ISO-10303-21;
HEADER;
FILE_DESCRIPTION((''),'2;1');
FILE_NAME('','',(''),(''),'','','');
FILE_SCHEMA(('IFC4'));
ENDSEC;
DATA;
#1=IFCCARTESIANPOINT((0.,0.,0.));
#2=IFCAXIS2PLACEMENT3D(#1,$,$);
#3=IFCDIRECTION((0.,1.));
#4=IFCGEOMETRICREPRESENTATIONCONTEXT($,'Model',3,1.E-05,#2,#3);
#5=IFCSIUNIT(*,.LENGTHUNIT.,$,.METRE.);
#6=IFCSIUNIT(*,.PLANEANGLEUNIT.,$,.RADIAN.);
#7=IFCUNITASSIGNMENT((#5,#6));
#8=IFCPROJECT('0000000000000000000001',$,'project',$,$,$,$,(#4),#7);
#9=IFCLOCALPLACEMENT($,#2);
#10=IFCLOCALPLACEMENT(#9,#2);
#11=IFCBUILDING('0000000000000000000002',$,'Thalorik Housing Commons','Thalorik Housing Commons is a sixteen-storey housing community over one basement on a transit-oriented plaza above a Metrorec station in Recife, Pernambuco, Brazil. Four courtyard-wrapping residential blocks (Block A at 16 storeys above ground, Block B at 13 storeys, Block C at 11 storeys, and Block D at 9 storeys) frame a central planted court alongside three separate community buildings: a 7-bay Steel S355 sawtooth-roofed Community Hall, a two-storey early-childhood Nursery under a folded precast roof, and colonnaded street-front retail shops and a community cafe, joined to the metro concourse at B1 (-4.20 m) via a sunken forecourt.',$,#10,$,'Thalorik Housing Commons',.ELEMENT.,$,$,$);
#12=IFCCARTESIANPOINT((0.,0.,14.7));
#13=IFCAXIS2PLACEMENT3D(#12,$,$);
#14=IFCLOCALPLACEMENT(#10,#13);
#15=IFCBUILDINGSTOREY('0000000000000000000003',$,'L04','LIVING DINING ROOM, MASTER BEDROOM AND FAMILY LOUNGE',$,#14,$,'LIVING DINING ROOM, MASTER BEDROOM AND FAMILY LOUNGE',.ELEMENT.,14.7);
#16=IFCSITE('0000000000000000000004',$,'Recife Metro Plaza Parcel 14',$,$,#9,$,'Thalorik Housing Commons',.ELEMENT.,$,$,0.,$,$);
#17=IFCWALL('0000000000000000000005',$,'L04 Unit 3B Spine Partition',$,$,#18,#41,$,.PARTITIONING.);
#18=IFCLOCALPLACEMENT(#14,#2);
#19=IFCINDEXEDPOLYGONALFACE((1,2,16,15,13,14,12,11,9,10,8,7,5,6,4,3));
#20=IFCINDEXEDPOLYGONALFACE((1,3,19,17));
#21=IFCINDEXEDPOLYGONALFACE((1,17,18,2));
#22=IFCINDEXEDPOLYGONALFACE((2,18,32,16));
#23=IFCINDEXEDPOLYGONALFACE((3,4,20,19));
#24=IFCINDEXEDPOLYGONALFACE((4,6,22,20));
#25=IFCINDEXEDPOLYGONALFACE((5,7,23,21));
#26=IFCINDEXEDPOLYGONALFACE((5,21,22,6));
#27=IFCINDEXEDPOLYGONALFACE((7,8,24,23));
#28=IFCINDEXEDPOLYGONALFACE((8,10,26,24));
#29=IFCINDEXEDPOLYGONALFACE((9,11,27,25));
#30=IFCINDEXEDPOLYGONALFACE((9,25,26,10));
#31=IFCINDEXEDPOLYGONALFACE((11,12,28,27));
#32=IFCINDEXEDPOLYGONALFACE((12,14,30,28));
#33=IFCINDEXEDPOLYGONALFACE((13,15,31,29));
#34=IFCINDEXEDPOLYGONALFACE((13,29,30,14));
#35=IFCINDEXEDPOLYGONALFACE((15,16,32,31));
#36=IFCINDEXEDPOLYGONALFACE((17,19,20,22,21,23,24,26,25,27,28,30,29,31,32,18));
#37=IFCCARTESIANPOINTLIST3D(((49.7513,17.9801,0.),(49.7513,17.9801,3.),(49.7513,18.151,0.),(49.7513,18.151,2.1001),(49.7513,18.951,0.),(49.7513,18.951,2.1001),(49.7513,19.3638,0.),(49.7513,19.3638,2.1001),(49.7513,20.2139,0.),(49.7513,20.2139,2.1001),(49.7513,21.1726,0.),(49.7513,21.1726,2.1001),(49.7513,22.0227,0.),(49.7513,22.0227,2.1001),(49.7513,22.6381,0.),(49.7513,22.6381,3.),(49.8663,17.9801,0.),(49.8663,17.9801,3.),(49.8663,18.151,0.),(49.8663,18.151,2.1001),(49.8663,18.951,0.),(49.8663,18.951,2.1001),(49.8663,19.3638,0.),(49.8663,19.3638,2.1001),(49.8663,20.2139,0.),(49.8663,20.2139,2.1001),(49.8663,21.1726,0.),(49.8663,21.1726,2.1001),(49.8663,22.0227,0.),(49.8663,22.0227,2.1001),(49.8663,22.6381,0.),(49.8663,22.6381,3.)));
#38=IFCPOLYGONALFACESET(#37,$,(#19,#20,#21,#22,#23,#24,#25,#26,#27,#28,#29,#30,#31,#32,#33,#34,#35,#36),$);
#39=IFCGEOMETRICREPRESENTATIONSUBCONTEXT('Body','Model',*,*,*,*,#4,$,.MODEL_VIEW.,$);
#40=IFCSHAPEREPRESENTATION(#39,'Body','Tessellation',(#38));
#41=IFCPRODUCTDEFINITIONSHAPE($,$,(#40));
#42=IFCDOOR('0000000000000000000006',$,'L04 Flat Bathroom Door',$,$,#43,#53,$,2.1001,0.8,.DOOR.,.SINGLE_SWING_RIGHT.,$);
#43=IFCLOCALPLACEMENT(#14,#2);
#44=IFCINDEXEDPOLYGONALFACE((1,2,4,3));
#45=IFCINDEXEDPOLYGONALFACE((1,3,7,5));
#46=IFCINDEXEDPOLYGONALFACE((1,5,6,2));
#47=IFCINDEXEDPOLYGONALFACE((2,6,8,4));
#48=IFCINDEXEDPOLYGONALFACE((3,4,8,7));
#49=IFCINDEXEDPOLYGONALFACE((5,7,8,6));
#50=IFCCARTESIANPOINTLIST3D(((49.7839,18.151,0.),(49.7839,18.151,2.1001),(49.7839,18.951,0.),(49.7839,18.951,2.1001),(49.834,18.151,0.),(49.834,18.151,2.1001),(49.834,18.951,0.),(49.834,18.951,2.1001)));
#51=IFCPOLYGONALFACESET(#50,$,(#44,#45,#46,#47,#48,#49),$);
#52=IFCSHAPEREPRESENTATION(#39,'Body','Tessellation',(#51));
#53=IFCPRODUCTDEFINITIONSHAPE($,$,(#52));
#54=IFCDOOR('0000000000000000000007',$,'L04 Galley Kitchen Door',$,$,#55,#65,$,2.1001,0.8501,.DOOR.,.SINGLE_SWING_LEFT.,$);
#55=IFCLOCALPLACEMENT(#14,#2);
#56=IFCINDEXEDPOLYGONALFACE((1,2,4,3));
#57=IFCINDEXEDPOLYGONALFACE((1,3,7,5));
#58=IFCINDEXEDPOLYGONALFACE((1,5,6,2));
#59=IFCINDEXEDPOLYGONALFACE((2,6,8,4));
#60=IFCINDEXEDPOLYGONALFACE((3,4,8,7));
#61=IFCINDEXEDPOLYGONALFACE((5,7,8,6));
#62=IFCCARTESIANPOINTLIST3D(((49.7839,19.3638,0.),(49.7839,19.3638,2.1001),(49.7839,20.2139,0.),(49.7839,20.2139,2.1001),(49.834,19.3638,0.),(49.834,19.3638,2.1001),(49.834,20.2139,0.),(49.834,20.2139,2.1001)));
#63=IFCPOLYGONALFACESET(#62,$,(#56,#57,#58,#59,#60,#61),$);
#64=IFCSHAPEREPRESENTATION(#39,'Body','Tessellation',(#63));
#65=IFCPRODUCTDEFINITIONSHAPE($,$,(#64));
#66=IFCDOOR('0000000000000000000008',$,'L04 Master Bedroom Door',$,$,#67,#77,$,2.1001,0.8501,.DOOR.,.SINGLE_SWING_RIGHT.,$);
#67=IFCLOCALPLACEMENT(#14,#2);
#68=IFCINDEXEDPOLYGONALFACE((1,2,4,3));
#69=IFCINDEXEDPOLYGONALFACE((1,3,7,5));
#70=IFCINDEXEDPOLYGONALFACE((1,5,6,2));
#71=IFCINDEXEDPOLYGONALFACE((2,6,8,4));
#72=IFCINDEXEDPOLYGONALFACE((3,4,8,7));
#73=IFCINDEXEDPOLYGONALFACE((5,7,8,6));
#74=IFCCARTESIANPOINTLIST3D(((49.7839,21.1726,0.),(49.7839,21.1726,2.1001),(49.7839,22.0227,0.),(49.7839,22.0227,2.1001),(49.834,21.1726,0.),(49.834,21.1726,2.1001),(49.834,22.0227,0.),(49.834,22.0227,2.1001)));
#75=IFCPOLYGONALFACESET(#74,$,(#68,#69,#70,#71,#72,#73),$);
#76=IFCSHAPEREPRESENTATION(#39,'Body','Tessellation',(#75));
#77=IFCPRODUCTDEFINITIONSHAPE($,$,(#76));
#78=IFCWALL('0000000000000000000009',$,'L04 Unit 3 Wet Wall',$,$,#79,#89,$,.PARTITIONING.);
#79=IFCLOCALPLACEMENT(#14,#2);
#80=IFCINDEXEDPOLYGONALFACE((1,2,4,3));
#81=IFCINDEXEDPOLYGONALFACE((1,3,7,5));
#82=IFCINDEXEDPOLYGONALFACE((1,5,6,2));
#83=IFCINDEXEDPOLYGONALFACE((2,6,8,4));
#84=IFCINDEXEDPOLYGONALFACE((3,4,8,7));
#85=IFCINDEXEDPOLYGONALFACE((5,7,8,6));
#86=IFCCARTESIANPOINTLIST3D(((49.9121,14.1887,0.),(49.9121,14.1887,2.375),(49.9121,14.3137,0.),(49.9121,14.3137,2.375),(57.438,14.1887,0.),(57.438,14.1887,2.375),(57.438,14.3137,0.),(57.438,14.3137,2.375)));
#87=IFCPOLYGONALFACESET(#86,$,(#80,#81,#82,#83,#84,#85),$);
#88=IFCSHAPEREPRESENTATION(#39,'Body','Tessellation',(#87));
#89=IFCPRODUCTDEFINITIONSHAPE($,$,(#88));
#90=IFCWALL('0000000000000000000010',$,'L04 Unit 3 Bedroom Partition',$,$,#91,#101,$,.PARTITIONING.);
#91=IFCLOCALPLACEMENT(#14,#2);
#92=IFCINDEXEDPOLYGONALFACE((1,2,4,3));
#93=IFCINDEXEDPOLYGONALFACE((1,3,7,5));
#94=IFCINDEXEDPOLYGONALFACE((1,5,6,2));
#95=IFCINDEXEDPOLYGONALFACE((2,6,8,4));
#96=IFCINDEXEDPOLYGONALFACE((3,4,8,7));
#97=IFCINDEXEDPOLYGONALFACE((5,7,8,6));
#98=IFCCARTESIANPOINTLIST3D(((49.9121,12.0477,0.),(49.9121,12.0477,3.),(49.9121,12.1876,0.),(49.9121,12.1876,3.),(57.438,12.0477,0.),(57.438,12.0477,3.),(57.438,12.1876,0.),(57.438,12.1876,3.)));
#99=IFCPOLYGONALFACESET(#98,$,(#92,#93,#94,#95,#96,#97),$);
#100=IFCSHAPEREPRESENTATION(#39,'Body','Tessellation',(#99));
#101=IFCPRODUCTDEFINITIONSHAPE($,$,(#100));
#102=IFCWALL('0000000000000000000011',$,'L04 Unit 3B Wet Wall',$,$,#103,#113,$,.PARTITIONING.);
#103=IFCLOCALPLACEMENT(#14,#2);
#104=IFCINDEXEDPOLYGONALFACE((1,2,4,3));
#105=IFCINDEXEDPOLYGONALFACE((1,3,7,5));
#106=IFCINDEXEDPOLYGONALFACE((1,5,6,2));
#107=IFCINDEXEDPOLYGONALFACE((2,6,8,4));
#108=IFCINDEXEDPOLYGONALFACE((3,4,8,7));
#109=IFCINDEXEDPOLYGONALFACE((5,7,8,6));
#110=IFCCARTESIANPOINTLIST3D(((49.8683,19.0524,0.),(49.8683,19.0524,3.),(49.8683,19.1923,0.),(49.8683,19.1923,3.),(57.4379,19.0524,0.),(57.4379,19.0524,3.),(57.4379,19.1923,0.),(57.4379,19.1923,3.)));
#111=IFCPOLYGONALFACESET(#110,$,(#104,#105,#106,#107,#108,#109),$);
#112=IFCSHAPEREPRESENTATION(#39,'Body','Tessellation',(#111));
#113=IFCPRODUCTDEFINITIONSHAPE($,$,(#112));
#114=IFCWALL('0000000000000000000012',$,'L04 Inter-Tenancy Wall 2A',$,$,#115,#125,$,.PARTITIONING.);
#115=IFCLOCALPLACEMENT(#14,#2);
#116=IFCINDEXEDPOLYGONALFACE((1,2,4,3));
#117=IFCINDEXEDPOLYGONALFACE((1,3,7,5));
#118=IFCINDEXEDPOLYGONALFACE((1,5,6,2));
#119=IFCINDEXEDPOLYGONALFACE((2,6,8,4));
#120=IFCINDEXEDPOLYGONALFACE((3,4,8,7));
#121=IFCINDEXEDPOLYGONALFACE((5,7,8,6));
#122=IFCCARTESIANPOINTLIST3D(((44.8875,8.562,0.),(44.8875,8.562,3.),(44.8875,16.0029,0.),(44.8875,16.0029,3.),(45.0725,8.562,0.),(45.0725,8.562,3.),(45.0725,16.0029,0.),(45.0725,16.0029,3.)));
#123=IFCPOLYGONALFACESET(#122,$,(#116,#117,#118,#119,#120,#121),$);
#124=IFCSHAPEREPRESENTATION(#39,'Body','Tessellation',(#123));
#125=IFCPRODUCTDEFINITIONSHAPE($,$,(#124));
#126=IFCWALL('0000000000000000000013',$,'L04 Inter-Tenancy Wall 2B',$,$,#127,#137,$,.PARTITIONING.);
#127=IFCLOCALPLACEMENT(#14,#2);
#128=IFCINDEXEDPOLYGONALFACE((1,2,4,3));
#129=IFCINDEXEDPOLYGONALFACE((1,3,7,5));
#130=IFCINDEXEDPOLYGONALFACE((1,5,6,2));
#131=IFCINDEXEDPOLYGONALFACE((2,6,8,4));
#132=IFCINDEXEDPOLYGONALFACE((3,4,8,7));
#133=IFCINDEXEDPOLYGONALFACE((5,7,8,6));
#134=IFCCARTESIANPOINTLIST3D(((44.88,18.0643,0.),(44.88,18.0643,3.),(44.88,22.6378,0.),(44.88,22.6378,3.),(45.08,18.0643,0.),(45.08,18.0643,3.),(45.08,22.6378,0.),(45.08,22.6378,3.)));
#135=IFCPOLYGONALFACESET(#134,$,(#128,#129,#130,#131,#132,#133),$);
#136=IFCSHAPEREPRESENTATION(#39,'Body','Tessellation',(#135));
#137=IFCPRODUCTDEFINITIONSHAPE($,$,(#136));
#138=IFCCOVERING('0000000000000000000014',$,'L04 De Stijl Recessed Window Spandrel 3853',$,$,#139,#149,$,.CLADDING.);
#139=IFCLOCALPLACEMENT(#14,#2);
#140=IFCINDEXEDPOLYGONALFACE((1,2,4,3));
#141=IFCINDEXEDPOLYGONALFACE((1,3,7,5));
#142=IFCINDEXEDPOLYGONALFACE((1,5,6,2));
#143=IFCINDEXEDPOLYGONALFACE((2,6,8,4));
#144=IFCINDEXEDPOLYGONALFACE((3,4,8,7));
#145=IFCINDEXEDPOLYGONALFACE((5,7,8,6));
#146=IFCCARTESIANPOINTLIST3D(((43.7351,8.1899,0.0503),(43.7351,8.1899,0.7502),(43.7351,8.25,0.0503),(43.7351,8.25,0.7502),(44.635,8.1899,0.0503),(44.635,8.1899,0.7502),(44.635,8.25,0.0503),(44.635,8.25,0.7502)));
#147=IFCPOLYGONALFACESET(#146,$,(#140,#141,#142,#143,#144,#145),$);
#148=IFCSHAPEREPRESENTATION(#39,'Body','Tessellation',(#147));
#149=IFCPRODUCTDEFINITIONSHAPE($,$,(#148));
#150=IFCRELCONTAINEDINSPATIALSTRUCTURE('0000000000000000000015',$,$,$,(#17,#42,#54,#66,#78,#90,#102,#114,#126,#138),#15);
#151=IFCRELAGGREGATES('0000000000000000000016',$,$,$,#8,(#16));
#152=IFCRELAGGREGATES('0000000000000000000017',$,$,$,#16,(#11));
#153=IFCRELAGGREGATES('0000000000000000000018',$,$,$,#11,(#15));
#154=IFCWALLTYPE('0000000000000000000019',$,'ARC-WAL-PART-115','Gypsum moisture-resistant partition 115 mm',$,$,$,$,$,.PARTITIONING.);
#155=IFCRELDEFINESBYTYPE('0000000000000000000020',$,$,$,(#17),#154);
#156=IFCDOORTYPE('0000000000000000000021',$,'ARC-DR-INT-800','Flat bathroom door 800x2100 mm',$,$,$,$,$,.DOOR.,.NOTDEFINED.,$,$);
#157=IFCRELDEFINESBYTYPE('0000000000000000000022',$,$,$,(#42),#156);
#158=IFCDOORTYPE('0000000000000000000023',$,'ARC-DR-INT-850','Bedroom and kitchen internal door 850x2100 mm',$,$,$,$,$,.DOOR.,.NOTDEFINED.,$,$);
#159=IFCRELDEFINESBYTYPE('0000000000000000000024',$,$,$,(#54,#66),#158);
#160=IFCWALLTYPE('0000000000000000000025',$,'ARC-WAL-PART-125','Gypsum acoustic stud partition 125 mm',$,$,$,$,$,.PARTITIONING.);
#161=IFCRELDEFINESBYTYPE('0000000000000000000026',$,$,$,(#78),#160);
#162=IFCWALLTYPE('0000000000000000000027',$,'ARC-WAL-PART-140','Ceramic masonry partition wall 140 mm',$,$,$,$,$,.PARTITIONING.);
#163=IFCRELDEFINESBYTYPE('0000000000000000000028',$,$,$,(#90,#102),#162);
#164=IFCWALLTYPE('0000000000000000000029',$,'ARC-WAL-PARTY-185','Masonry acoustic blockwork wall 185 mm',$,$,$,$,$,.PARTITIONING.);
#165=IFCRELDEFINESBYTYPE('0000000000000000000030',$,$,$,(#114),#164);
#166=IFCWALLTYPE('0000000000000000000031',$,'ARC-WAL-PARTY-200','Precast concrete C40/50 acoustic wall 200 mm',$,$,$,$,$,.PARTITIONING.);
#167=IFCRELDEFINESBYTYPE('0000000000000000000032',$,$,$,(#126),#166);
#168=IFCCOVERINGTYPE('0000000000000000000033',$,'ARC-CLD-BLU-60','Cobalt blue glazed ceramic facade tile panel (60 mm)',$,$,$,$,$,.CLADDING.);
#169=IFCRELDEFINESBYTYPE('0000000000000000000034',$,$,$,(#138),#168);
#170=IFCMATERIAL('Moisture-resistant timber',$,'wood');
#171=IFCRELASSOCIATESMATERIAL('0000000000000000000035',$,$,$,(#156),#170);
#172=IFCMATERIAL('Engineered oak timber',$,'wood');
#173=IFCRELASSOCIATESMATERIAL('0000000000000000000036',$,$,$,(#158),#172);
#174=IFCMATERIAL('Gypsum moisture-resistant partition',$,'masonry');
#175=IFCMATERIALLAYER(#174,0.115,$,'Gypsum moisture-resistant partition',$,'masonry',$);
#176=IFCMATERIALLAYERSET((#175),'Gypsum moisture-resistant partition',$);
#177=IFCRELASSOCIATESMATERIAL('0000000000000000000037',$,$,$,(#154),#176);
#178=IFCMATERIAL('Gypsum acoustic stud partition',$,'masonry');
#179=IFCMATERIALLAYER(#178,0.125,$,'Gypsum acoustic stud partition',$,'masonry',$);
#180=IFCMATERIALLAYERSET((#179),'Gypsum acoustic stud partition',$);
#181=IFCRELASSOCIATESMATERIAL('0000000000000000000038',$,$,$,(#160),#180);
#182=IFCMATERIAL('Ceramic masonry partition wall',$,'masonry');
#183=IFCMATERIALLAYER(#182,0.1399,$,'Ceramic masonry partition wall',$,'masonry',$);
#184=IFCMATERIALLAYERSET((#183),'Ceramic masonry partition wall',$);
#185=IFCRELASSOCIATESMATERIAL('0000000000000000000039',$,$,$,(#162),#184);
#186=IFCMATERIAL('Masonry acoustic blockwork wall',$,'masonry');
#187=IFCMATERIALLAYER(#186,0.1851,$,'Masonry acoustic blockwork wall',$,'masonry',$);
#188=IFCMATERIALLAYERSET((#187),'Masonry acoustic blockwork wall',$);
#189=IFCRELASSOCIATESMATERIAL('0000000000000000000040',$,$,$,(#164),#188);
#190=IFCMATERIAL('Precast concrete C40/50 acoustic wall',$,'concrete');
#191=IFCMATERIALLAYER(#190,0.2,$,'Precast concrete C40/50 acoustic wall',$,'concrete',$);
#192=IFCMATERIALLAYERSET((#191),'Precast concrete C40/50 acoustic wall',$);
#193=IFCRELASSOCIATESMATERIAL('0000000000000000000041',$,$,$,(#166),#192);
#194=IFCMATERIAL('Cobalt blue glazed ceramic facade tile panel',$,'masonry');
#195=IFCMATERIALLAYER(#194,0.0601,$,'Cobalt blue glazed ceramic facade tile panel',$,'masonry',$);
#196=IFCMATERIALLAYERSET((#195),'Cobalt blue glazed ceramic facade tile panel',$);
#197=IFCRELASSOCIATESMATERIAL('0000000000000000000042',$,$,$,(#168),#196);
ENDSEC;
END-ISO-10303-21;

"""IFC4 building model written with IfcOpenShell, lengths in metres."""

from ifc_helpers import new_model, si_unit, direction, frame, frame_2d, origin, origin_2d, place, context, subcontext, project, spatial, rectangle, extrude, material, layer, layer_set, type_object, element, fill, save


model = new_model("IFC4")

# Units and contexts
model_context = context("Model", 3, precision=1e-05, world=origin(), true_north=direction((0.0, 1.0)))
body_context = subcontext(model_context, "Body", "Model", "MODEL_VIEW")
ifc_project = project(units=[si_unit("LENGTHUNIT", "METRE"), si_unit("PLANEANGLEUNIT", "RADIAN")], contexts=[model_context])

# Site, building, storey
site_placement = place(None, origin())
site = spatial("IfcSite", under=ifc_project, at=site_placement, Name="Recife Metro Plaza Parcel 14", LongName="Thalorik Housing Commons", CompositionType="ELEMENT", RefElevation=0.0)
building_placement = place(site_placement, origin())
building = spatial("IfcBuilding", under=site, at=building_placement, Name="Thalorik Housing Commons", Description="Thalorik Housing Commons is a sixteen-storey housing community over one basement on a transit-oriented plaza above a Metrorec station in Recife, Pernambuco, Brazil. Four courtyard-wrapping residential blocks (Block A at 16 storeys above ground, Block B at 13 storeys, Block C at 11 storeys, and Block D at 9 storeys) frame a central planted court alongside three separate community buildings: a 7-bay Steel S355 sawtooth-roofed Community Hall, a two-storey early-childhood Nursery under a folded precast roof, and colonnaded street-front retail shops and a community cafe, joined to the metro concourse at B1 (-4.20 m) via a sunken forecourt.", LongName="Thalorik Housing Commons", CompositionType="ELEMENT")
storey_placement = place(building_placement, frame((0.0, 0.0, 14.7)))
storey = spatial("IfcBuildingStorey", under=building, at=storey_placement, Name="L04", Description="LIVING DINING ROOM, MASTER BEDROOM AND FAMILY LOUNGE", LongName="LIVING DINING ROOM, MASTER BEDROOM AND FAMILY LOUNGE", CompositionType="ELEMENT", Elevation=14.7)

# Shared definitions
ifc_material_1 = material(Name="Moisture-resistant timber", Category="wood")
door_type_1 = type_object("IfcDoorType", Name="ARC-DR-INT-800", Description="Flat bathroom door 800x2100 mm", OperationType="NOTDEFINED", PredefinedType="DOOR", material=ifc_material_1)
ifc_material_2 = material(Name="Engineered oak timber", Category="wood")
door_type_2 = type_object("IfcDoorType", Name="ARC-DR-INT-850", Description="Bedroom and kitchen internal door 850x2100 mm", OperationType="NOTDEFINED", PredefinedType="DOOR", material=ifc_material_2)

# Wall, openings, doors
ifc_material_3 = material(Name="Gypsum moisture-resistant partition", Category="masonry")
ifc_layer_1 = layer(ifc_material_3, 0.115, Name="Gypsum moisture-resistant partition", Category="masonry")
ifc_layer_set_1 = layer_set([ifc_layer_1], Name="Gypsum moisture-resistant partition")
wall_type_1 = type_object("IfcWallType", Name="ARC-WAL-PART-115", Description="Gypsum moisture-resistant partition 115 mm", PredefinedType="PARTITIONING", material=ifc_layer_set_1)
wall_1_placement = place(storey_placement, frame((49.8088, 17.98, 0.0), z_axis=(0.0, 0.0, 1.0), x_axis=(0.0, 1.0, 0.0)))
wall_1 = element("IfcWall", 1, at=wall_1_placement, inside=storey, type_object=wall_type_1, Name="L04 Unit 3B Spine Partition", PredefinedType="PARTITIONING", context=body_context, shape_type="SweptSolid", body=[
    extrude(rectangle(XDim=4.658, YDim=0.115, at=frame_2d((2.3291, 0.0))), origin(), (0.0, 0.0, 1.0), 3.0),
])
opening_1_placement = place(wall_1_placement, frame((0.1711, 0.0, 0.0)))
opening_1 = element("IfcOpeningElement", 2, at=opening_1_placement, cuts=wall_1, PredefinedType="OPENING", context=body_context, shape_type="SweptSolid", body=[
    extrude(rectangle(XDim=0.8, YDim=2.1001, at=frame_2d((0.3999, 1.05))), frame((0.0, 0.0674, 0.0), z_axis=(0.0, -1.0, 0.0), x_axis=(1.0, 0.0, 0.0)), (0.0, 0.0, 1.0), 0.135),
])
opening_2_placement = place(wall_1_placement, frame((1.3838, 0.0, 0.0)))
opening_2 = element("IfcOpeningElement", 3, at=opening_2_placement, cuts=wall_1, PredefinedType="OPENING", context=body_context, shape_type="SweptSolid", body=[
    extrude(rectangle(XDim=0.8501, YDim=2.1001, at=frame_2d((0.425, 1.05))), frame((0.0, 0.0674, 0.0), z_axis=(0.0, -1.0, 0.0), x_axis=(1.0, 0.0, 0.0)), (0.0, 0.0, 1.0), 0.135),
])
opening_3_placement = place(wall_1_placement, frame((3.1926, 0.0, 0.0)))
opening_3 = element("IfcOpeningElement", 4, at=opening_3_placement, cuts=wall_1, PredefinedType="OPENING", context=body_context, shape_type="SweptSolid", body=[
    extrude(rectangle(XDim=0.8501, YDim=2.1001, at=frame_2d((0.425, 1.05))), frame((0.0, 0.0674, 0.0), z_axis=(0.0, -1.0, 0.0), x_axis=(1.0, 0.0, 0.0)), (0.0, 0.0, 1.0), 0.135),
])
door_1_placement = place(opening_1_placement, origin())
door_1 = element("IfcDoor", 5, at=door_1_placement, inside=storey, type_object=door_type_1, Name="L04 Flat Bathroom Door", OperationType="SINGLE_SWING_RIGHT", OverallHeight=2.1001, OverallWidth=0.8, PredefinedType="DOOR", context=body_context, shape_type="SweptSolid", body=[
    extrude(rectangle(XDim=0.8, YDim=2.1001, at=frame_2d((0.3999, 1.05))), frame((0.0, 0.0249, 0.0), z_axis=(0.0, -1.0, 0.0), x_axis=(1.0, 0.0, 0.0)), (0.0, 0.0, 1.0), 0.05),
])
fill(opening_1, door_1)
door_2_placement = place(opening_2_placement, origin())
door_2 = element("IfcDoor", 6, at=door_2_placement, inside=storey, type_object=door_type_2, Name="L04 Galley Kitchen Door", OperationType="SINGLE_SWING_LEFT", OverallHeight=2.1001, OverallWidth=0.8501, PredefinedType="DOOR", context=body_context, shape_type="SweptSolid", body=[
    extrude(rectangle(XDim=0.8501, YDim=2.1001, at=frame_2d((0.425, 1.05))), frame((0.0, 0.0249, 0.0), z_axis=(0.0, -1.0, 0.0), x_axis=(1.0, 0.0, 0.0)), (0.0, 0.0, 1.0), 0.05),
])
fill(opening_2, door_2)
door_3_placement = place(opening_3_placement, origin())
door_3 = element("IfcDoor", 7, at=door_3_placement, inside=storey, type_object=door_type_2, Name="L04 Master Bedroom Door", OperationType="SINGLE_SWING_RIGHT", OverallHeight=2.1001, OverallWidth=0.8501, PredefinedType="DOOR", context=body_context, shape_type="SweptSolid", body=[
    extrude(rectangle(XDim=0.8501, YDim=2.1001, at=frame_2d((0.425, 1.05))), frame((0.0, 0.0249, 0.0), z_axis=(0.0, -1.0, 0.0), x_axis=(1.0, 0.0, 0.0)), (0.0, 0.0, 1.0), 0.05),
])
fill(opening_3, door_3)

# Walls
ifc_material_4 = material(Name="Gypsum acoustic stud partition", Category="masonry")
ifc_layer_2 = layer(ifc_material_4, 0.125, Name="Gypsum acoustic stud partition", Category="masonry")
ifc_layer_set_2 = layer_set([ifc_layer_2], Name="Gypsum acoustic stud partition")
wall_type_2 = type_object("IfcWallType", Name="ARC-WAL-PART-125", Description="Gypsum acoustic stud partition 125 mm", PredefinedType="PARTITIONING", material=ifc_layer_set_2)
wall_2_placement = place(storey_placement, frame((49.9121, 14.2512, 0.0), z_axis=(0.0, 0.0, 1.0), x_axis=(1.0, 0.0, 0.0)))
element("IfcWall", 8, at=wall_2_placement, inside=storey, type_object=wall_type_2, Name="L04 Unit 3 Wet Wall", PredefinedType="PARTITIONING", context=body_context, shape_type="SweptSolid", body=[
    extrude(rectangle(XDim=7.5259, YDim=0.125, at=frame_2d((3.7629, 0.0))), origin(), (0.0, 0.0, 1.0), 2.375),
])
ifc_material_5 = material(Name="Ceramic masonry partition wall", Category="masonry")
ifc_layer_3 = layer(ifc_material_5, 0.1399, Name="Ceramic masonry partition wall", Category="masonry")
ifc_layer_set_3 = layer_set([ifc_layer_3], Name="Ceramic masonry partition wall")
wall_type_3 = type_object("IfcWallType", Name="ARC-WAL-PART-140", Description="Ceramic masonry partition wall 140 mm", PredefinedType="PARTITIONING", material=ifc_layer_set_3)
wall_3_placement = place(storey_placement, frame((49.9121, 12.1177, 0.0), z_axis=(0.0, 0.0, 1.0), x_axis=(1.0, 0.0, 0.0)))
element("IfcWall", 9, at=wall_3_placement, inside=storey, type_object=wall_type_3, Name="L04 Unit 3 Bedroom Partition", PredefinedType="PARTITIONING", context=body_context, shape_type="SweptSolid", body=[
    extrude(rectangle(XDim=7.5259, YDim=0.1399, at=frame_2d((3.7629, 0.0))), origin(), (0.0, 0.0, 1.0), 3.0),
])
wall_4_placement = place(storey_placement, frame((49.8684, 19.1223, 0.0), z_axis=(0.0, 0.0, 1.0), x_axis=(1.0, 0.0, 0.0)))
element("IfcWall", 10, at=wall_4_placement, inside=storey, type_object=wall_type_3, Name="L04 Unit 3B Wet Wall", PredefinedType="PARTITIONING", context=body_context, shape_type="SweptSolid", body=[
    extrude(rectangle(XDim=7.5696, YDim=0.1399, at=frame_2d((3.7847, 0.0))), origin(), (0.0, 0.0, 1.0), 3.0),
])
ifc_material_6 = material(Name="Masonry acoustic blockwork wall", Category="masonry")
ifc_layer_4 = layer(ifc_material_6, 0.1851, Name="Masonry acoustic blockwork wall", Category="masonry")
ifc_layer_set_4 = layer_set([ifc_layer_4], Name="Masonry acoustic blockwork wall")
wall_type_4 = type_object("IfcWallType", Name="ARC-WAL-PARTY-185", Description="Masonry acoustic blockwork wall 185 mm", PredefinedType="PARTITIONING", material=ifc_layer_set_4)
wall_5_placement = place(storey_placement, frame((44.98, 8.562, 0.0), z_axis=(0.0, 0.0, 1.0), x_axis=(0.0, 1.0, 0.0)))
element("IfcWall", 11, at=wall_5_placement, inside=storey, type_object=wall_type_4, Name="L04 Inter-Tenancy Wall 2A", PredefinedType="PARTITIONING", context=body_context, shape_type="SweptSolid", body=[
    extrude(rectangle(XDim=7.4409, YDim=0.1851, at=frame_2d((3.7205, 0.0))), origin(), (0.0, 0.0, 1.0), 3.0),
])
ifc_material_7 = material(Name="Precast concrete C40/50 acoustic wall", Category="concrete")
ifc_layer_5 = layer(ifc_material_7, 0.2, Name="Precast concrete C40/50 acoustic wall", Category="concrete")
ifc_layer_set_5 = layer_set([ifc_layer_5], Name="Precast concrete C40/50 acoustic wall")
wall_type_5 = type_object("IfcWallType", Name="ARC-WAL-PARTY-200", Description="Precast concrete C40/50 acoustic wall 200 mm", PredefinedType="PARTITIONING", material=ifc_layer_set_5)
wall_6_placement = place(storey_placement, frame((44.98, 18.0645, 0.0), z_axis=(0.0, 0.0, 1.0), x_axis=(0.0, 1.0, 0.0)))
element("IfcWall", 12, at=wall_6_placement, inside=storey, type_object=wall_type_5, Name="L04 Inter-Tenancy Wall 2B", PredefinedType="PARTITIONING", context=body_context, shape_type="SweptSolid", body=[
    extrude(rectangle(XDim=4.5735, YDim=0.2, at=frame_2d((2.2866, 0.0))), origin(), (0.0, 0.0, 1.0), 3.0),
])

# Covering
ifc_material_8 = material(Name="Cobalt blue glazed ceramic facade tile panel", Category="masonry")
ifc_layer_6 = layer(ifc_material_8, 0.0601, Name="Cobalt blue glazed ceramic facade tile panel", Category="masonry")
ifc_layer_set_6 = layer_set([ifc_layer_6], Name="Cobalt blue glazed ceramic facade tile panel")
covering_type_1 = type_object("IfcCoveringType", Name="ARC-CLD-BLU-60", Description="Cobalt blue glazed ceramic facade tile panel (60 mm)", PredefinedType="CLADDING", material=ifc_layer_set_6)
covering_1_placement = place(storey_placement, frame((44.1851, 8.22, 0.0503), z_axis=(0.0, 0.0, 1.0), x_axis=(1.0, 0.0, 0.0)))
element("IfcCovering", 13, at=covering_1_placement, inside=storey, type_object=covering_type_1, Name="L04 De Stijl Recessed Window Spandrel 3853", PredefinedType="CLADDING", context=body_context, shape_type="SweptSolid", body=[
    extrude(rectangle(XDim=0.8999, YDim=0.0601, at=origin_2d()), origin(), (0.0, 0.0, 1.0), 0.7),
])

save(model, "model.ifc")
